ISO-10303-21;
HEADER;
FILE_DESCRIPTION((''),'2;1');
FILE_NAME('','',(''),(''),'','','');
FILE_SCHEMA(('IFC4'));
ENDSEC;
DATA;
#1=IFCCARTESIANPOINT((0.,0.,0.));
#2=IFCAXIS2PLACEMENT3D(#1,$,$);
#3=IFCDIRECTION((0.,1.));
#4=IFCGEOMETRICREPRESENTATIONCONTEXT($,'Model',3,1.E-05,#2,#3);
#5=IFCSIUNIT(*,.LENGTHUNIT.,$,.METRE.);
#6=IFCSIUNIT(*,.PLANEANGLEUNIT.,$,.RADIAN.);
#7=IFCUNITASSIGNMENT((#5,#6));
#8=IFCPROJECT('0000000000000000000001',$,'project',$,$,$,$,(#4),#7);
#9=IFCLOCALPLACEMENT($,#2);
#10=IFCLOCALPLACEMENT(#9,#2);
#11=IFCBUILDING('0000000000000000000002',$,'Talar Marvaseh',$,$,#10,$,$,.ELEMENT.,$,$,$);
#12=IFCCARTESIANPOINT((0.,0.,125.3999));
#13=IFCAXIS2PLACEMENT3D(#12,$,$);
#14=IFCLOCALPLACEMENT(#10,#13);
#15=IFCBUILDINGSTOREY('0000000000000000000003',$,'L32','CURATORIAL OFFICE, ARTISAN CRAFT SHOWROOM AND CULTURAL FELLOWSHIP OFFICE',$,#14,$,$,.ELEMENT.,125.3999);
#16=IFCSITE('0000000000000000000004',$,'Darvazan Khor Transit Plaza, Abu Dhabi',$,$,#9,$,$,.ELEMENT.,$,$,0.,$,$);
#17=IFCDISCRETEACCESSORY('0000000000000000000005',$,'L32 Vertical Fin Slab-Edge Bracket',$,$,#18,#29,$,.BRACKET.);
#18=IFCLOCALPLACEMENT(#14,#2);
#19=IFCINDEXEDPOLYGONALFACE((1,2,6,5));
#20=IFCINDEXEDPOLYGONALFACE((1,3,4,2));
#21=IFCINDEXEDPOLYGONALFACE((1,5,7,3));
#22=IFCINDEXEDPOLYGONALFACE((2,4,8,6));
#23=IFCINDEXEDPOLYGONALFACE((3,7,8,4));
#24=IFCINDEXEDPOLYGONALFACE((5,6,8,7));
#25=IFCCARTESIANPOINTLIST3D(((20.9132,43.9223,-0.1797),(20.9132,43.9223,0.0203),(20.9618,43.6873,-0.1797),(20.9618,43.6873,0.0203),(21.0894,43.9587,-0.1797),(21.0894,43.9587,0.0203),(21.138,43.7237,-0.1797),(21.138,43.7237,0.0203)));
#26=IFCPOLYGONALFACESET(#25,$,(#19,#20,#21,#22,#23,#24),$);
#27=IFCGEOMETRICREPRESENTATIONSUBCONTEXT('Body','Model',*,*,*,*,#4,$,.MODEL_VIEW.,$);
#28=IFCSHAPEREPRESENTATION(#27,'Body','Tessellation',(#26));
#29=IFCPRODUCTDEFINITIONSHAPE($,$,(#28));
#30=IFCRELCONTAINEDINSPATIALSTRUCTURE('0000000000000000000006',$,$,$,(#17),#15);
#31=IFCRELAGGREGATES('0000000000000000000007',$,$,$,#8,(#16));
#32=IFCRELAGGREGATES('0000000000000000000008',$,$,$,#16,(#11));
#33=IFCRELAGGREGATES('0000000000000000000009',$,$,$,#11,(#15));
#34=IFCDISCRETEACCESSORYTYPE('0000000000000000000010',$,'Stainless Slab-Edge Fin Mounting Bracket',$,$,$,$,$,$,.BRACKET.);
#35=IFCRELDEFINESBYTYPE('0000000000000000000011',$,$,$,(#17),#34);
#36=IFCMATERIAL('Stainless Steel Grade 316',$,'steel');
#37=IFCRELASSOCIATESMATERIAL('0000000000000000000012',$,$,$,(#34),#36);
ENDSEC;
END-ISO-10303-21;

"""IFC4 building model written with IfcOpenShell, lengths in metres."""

from ifc_helpers import new_model, si_unit, direction, frame, origin, origin_2d, place, context, subcontext, project, spatial, rectangle, extrude, source, transform, mapped, material, type_object, type_shapes, element, save


model = new_model("IFC4")

# Units and contexts
model_context = context("Model", 3, precision=1e-05, world=origin(), true_north=direction((0.0, 1.0)))
body_context = subcontext(model_context, "Body", "Model", "MODEL_VIEW")
ifc_project = project(units=[si_unit("LENGTHUNIT", "METRE"), si_unit("PLANEANGLEUNIT", "RADIAN")], contexts=[model_context])

# Site, building, storey
site_placement = place(None, origin())
site = spatial("IfcSite", under=ifc_project, at=site_placement, Name="Darvazan Khor Transit Plaza, Abu Dhabi", CompositionType="ELEMENT", RefElevation=0.0)
building_placement = place(site_placement, origin())
building = spatial("IfcBuilding", under=site, at=building_placement, Name="Talar Marvaseh", CompositionType="ELEMENT")
storey_placement = place(building_placement, frame((0.0, 0.0, 125.3999)))
storey = spatial("IfcBuildingStorey", under=building, at=storey_placement, Name="L32", Description="CURATORIAL OFFICE, ARTISAN CRAFT SHOWROOM AND CULTURAL FELLOWSHIP OFFICE", CompositionType="ELEMENT", Elevation=125.3999)

# Shared definitions
ifc_material_1 = material(Name="Stainless Steel Grade 316", Category="steel")

# Discrete accessory
discrete_accessory_type = type_object("IfcDiscreteAccessoryType", Name="Stainless Slab-Edge Fin Mounting Bracket", PredefinedType="BRACKET", material=ifc_material_1)
shared_shape_1 = source(origin(), body_context, "Body", "SweptSolid", [
    extrude(rectangle(XDim=0.24, YDim=0.1799, at=origin_2d()), origin(), (0.0, 0.0, 1.0), 0.2),
])
type_shapes(discrete_accessory_type, [shared_shape_1])
for number, where, z_axis, x_axis, name in (
    (1, (21.0256, 43.823, -0.1797), (0.0, 0.0, 1.0), (-0.202445, 0.979294, 0.0), "L32 Vertical Fin Slab-Edge Bracket"),
):
    element("IfcDiscreteAccessory", number, at=place(storey_placement, frame(where, z_axis=z_axis, x_axis=x_axis)), inside=storey, type_object=discrete_accessory_type, Name=name, PredefinedType="BRACKET", context=body_context, shape_type="MappedRepresentation", body=[
        mapped(shared_shape_1, transform((0.0, 0.0, 0.0), x_axis=(1.0, 0.0, 0.0), y_axis=(0.0, 1.0, 0.0), z_axis=(0.0, 0.0, 1.0), scale=1.0)),
    ])

save(model, "model.ifc")
